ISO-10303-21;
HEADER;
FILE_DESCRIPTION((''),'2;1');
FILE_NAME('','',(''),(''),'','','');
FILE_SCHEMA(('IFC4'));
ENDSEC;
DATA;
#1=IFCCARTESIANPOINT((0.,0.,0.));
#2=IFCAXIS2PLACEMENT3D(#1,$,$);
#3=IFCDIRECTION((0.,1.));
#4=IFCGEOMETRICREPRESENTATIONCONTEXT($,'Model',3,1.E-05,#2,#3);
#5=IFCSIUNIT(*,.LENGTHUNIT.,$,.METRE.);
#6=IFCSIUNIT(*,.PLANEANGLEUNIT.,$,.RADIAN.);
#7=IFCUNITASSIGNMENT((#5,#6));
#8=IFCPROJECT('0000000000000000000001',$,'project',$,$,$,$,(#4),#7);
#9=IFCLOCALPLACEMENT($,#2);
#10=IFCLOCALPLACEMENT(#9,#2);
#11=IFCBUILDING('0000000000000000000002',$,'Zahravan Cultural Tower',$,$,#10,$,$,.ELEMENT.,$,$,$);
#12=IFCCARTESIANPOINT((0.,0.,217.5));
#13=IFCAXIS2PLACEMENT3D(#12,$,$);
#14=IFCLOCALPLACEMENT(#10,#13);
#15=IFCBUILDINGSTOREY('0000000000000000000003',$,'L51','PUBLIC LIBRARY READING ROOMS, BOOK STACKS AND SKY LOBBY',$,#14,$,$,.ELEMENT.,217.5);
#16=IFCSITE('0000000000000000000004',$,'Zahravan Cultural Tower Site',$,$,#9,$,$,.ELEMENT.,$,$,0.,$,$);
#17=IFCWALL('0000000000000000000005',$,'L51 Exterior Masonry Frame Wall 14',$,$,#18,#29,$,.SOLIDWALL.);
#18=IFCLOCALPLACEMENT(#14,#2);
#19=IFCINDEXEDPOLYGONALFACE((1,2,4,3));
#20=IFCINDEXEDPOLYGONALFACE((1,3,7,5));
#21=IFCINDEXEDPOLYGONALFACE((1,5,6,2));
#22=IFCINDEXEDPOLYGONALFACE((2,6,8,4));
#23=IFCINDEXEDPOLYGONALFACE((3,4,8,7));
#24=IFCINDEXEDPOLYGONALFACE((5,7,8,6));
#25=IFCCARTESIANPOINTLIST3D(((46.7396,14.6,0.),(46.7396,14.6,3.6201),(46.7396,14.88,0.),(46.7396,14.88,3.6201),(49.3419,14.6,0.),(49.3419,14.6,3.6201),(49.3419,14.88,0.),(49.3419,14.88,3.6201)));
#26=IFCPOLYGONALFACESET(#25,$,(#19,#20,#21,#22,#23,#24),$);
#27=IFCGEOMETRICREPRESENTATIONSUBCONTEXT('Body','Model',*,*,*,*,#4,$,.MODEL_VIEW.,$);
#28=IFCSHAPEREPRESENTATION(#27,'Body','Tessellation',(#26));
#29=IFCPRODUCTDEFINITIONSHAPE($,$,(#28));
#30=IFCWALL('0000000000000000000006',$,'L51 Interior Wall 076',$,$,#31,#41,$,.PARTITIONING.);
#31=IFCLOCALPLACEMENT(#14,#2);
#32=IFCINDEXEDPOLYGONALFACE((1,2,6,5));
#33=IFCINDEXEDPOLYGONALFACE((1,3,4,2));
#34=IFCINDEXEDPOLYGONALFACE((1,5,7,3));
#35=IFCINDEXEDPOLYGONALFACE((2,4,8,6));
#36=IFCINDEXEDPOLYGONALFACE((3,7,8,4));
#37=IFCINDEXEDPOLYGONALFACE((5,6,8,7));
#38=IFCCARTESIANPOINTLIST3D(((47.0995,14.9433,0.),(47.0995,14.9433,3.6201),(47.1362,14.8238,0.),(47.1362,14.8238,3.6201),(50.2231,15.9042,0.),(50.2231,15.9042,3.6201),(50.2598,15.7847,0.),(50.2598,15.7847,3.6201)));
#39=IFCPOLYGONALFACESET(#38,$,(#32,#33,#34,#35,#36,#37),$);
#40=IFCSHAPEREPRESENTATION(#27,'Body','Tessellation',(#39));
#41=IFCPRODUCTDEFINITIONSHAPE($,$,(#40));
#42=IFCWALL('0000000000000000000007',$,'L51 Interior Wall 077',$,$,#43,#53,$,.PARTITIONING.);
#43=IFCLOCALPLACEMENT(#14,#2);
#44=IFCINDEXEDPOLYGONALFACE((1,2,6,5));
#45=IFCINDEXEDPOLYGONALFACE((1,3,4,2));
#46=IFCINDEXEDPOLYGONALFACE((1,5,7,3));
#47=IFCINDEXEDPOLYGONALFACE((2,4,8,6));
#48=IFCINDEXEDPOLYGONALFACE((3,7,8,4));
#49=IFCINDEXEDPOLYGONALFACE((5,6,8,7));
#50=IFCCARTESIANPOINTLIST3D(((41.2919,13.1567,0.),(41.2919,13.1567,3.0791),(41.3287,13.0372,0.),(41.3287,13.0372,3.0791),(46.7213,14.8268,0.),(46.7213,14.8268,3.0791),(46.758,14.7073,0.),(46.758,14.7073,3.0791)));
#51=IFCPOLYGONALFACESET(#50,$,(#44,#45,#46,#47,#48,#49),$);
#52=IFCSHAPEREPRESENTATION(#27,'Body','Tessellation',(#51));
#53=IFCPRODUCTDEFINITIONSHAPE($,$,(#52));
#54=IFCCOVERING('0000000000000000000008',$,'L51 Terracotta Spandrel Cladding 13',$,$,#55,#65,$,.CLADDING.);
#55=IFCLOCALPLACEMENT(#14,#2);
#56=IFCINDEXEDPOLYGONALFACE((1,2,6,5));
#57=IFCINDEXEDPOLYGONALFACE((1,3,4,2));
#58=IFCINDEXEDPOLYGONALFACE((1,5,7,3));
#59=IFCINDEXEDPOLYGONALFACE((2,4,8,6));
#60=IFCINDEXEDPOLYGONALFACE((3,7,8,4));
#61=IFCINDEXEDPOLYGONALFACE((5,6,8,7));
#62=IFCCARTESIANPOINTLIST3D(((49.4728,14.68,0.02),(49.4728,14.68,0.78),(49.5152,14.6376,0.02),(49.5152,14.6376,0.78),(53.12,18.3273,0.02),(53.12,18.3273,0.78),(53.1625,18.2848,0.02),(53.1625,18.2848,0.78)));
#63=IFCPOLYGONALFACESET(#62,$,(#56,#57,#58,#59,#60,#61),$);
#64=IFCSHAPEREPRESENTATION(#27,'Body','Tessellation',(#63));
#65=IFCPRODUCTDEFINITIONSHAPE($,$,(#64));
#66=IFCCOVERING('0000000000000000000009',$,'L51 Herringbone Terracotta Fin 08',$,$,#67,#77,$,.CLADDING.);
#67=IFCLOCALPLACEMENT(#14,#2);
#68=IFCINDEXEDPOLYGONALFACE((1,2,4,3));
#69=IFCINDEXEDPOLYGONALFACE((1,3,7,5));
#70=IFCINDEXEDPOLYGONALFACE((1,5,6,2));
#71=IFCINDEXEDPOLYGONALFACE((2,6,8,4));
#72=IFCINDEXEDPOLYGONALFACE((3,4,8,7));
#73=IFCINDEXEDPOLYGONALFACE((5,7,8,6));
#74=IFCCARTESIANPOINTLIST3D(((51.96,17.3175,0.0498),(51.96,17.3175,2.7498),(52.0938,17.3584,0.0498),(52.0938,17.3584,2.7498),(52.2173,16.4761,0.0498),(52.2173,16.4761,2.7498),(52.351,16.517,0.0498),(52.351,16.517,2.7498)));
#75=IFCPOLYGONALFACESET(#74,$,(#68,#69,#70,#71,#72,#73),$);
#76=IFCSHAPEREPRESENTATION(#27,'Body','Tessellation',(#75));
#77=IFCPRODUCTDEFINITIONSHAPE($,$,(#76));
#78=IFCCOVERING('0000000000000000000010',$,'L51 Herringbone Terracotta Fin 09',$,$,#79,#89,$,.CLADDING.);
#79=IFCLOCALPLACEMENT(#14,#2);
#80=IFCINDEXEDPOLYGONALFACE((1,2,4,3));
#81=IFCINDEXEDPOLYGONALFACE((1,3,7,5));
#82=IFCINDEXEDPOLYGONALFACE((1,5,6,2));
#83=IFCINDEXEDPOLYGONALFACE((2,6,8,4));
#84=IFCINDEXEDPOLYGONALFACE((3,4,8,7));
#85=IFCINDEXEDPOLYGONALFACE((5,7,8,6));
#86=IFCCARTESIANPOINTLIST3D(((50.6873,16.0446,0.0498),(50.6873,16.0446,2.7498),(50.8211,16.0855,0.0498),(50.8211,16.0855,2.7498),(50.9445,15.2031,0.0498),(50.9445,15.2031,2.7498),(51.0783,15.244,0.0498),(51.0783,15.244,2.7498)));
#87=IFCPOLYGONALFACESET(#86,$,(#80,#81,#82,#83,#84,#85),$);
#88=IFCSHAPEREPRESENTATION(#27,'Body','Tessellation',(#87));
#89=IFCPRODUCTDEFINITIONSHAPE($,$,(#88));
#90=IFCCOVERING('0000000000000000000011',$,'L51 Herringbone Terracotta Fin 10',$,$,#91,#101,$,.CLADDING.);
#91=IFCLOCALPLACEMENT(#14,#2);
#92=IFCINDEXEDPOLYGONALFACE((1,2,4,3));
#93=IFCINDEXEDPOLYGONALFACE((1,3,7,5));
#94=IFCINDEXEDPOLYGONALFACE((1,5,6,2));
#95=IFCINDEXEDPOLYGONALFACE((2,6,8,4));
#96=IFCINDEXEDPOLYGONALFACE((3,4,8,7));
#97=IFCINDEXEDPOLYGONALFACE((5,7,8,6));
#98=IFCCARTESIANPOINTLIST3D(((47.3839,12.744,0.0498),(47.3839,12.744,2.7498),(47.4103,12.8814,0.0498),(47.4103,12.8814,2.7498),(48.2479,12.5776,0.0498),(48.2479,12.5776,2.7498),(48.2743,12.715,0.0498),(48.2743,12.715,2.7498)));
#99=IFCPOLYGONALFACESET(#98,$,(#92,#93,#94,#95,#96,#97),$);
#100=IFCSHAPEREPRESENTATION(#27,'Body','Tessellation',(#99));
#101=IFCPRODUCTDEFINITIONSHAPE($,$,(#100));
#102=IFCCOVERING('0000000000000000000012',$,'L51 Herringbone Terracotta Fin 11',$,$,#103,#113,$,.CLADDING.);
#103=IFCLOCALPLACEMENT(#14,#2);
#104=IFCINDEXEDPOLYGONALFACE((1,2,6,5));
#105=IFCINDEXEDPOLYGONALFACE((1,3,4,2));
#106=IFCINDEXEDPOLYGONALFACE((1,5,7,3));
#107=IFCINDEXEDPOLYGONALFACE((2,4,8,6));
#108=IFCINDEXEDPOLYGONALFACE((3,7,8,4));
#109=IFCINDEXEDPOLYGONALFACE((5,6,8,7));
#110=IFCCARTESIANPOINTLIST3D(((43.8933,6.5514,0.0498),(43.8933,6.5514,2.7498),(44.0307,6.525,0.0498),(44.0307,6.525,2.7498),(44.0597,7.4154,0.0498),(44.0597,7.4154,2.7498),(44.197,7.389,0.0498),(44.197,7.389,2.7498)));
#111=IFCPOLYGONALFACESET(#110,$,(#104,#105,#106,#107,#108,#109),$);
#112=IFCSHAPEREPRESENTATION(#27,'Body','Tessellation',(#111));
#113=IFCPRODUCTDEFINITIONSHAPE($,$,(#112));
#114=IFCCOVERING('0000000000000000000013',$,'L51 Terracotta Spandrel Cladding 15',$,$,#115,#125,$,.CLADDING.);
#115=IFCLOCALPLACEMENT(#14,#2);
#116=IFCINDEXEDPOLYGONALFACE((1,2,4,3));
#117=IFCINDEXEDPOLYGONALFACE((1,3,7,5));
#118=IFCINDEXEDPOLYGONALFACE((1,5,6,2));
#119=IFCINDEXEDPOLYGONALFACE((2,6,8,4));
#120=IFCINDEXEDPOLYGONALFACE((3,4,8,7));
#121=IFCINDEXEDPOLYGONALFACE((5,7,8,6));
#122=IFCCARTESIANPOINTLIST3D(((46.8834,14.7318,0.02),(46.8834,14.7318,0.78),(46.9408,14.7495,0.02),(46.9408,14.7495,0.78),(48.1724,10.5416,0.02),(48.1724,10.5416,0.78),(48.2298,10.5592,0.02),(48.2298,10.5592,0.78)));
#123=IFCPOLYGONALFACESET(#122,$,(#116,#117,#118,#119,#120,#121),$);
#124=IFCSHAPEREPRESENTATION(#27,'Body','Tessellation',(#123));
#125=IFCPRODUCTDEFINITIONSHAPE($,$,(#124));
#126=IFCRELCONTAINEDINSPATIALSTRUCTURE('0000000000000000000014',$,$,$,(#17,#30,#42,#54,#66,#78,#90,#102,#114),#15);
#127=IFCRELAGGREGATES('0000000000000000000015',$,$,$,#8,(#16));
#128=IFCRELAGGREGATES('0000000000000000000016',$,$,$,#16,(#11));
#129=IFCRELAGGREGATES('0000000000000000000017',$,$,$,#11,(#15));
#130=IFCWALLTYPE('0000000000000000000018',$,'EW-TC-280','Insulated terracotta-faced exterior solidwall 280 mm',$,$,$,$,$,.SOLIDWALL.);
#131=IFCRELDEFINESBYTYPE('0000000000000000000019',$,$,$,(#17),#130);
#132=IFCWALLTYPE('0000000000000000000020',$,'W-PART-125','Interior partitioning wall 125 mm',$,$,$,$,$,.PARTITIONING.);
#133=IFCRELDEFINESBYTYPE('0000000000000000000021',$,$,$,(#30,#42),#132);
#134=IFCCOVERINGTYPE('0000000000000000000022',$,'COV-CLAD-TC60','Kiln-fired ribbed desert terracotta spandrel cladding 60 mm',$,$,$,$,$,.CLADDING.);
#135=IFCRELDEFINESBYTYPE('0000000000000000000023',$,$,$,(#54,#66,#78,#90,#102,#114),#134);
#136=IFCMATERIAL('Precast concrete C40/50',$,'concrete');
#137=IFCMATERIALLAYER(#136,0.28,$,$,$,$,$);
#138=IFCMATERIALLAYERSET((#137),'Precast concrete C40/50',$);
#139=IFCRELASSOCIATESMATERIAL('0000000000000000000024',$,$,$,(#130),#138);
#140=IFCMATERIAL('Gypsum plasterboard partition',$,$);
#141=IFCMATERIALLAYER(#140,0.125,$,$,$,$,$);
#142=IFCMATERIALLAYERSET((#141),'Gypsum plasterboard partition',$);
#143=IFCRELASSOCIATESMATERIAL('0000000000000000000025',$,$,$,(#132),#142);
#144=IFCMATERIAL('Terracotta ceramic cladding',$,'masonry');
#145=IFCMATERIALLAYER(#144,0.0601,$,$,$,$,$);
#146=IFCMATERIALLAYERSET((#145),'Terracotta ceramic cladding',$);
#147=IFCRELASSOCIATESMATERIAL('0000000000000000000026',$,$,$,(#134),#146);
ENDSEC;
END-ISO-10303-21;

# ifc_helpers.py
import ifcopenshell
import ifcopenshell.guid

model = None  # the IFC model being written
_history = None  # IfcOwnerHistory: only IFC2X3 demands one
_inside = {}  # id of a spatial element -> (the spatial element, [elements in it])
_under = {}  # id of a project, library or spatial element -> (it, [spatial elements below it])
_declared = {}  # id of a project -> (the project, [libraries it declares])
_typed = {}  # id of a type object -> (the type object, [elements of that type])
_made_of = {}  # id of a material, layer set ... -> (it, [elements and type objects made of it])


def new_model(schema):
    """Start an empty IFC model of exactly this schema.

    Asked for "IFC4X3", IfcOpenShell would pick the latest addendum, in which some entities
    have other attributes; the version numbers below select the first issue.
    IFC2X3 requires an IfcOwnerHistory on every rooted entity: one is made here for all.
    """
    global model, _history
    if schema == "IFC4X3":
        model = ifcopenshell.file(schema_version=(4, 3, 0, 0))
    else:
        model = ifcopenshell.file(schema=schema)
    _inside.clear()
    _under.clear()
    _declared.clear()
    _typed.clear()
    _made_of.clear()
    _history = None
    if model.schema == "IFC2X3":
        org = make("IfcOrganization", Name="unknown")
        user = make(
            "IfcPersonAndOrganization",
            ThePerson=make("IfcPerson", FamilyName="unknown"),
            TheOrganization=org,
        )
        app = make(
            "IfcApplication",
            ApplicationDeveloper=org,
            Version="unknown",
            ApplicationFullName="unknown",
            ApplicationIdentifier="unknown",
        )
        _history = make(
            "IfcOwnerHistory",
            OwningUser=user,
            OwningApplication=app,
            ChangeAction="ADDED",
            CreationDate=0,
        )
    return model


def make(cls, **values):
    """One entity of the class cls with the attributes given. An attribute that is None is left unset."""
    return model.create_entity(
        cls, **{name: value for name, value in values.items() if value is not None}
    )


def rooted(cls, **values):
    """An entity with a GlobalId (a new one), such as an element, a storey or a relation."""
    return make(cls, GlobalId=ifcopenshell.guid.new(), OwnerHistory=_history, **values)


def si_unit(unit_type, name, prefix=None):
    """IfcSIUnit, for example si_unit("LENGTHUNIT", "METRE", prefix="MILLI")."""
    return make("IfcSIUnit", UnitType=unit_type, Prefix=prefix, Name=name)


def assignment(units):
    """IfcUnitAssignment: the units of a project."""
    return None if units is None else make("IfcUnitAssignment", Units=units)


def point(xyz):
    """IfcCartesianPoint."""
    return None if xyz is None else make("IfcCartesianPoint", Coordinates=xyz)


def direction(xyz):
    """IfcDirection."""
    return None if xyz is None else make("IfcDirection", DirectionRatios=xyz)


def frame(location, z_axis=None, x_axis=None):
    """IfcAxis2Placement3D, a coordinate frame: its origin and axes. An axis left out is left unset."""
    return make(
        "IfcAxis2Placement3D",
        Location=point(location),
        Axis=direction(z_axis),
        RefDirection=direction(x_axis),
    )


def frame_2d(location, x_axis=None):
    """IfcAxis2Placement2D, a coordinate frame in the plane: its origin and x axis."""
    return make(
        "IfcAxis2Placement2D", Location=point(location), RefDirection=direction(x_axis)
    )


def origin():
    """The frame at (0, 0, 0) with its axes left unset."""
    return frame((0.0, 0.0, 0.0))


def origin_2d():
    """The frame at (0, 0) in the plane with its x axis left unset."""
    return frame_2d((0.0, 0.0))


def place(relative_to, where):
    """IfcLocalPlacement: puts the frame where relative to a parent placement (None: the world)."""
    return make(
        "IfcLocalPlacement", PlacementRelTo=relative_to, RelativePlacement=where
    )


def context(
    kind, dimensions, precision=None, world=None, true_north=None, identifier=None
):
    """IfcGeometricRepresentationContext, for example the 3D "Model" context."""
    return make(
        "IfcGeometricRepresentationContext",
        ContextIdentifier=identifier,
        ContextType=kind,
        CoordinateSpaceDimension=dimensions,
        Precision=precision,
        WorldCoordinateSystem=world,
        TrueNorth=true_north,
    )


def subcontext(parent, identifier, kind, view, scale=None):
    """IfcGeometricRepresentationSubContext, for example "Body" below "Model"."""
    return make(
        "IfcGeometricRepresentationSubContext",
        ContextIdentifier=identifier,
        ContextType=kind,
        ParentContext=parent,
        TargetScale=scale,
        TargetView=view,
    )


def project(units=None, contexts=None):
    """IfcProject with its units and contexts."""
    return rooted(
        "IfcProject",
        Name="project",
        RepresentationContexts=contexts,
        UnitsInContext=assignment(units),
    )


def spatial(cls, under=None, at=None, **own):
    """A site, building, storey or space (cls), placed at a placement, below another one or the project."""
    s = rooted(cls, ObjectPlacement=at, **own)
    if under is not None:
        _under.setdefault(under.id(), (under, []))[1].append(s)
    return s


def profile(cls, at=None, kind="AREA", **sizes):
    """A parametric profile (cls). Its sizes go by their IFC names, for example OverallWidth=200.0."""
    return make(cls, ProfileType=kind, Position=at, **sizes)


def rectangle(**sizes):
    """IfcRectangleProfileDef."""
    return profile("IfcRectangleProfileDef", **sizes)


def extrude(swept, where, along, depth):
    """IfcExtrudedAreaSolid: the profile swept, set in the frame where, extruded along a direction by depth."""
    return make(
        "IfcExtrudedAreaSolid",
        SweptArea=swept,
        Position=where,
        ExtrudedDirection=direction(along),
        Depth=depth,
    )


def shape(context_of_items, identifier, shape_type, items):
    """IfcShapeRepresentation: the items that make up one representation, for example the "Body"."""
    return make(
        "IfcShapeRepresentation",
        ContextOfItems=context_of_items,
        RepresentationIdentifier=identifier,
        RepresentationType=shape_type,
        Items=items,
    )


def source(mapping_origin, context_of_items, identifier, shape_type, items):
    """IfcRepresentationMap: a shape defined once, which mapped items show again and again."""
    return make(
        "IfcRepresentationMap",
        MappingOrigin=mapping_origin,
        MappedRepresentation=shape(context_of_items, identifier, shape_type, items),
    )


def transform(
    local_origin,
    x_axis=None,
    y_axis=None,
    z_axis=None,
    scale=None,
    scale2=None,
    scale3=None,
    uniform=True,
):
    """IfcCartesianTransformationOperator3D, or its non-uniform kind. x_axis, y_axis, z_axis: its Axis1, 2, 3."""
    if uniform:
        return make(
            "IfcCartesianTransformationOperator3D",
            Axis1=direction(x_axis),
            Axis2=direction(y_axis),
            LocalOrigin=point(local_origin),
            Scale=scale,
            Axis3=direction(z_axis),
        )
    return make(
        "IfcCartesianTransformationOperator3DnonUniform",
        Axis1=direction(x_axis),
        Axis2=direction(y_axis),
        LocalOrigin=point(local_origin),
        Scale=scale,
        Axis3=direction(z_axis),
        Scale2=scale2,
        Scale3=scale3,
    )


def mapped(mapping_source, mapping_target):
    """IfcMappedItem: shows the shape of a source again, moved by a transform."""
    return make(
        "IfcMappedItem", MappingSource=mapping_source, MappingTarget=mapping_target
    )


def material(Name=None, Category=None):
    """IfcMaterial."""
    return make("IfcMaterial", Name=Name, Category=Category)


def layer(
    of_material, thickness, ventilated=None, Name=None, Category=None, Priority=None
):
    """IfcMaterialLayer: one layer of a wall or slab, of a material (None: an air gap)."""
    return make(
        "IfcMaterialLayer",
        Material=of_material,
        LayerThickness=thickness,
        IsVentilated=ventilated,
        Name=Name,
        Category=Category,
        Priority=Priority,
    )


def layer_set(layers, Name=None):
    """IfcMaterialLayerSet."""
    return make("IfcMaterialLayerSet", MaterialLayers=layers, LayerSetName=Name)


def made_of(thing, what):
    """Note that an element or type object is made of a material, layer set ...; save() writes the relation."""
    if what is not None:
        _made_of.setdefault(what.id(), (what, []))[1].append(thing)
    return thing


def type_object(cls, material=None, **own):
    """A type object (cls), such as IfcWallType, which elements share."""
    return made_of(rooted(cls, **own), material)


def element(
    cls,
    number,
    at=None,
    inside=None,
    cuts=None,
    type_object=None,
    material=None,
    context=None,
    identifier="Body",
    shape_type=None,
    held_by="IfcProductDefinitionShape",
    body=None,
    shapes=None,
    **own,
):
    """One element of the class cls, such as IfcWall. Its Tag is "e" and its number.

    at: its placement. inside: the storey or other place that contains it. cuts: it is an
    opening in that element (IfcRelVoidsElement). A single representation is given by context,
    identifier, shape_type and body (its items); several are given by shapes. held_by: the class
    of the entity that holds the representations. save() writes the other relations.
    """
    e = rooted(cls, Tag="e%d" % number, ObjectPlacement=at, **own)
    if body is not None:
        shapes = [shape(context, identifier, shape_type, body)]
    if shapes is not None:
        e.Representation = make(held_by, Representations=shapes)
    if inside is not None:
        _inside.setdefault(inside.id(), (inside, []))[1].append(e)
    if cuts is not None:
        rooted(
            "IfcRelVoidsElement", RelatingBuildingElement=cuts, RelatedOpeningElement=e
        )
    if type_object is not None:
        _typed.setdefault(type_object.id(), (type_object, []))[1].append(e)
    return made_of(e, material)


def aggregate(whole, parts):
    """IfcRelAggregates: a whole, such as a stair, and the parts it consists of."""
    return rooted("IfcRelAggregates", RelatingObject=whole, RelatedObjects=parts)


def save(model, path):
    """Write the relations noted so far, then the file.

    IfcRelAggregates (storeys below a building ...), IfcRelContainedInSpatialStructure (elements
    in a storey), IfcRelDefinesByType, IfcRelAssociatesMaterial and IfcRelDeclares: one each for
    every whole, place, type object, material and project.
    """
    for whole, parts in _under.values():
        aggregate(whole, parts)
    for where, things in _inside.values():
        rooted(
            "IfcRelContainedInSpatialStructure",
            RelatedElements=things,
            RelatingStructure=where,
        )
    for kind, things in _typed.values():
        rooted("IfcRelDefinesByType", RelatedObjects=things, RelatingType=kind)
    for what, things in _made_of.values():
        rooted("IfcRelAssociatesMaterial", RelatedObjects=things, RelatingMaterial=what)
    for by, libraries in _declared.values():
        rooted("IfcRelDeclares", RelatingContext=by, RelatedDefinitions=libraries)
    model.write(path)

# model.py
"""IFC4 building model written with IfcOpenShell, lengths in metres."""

from ifc_helpers import new_model, si_unit, direction, frame, frame_2d, origin, origin_2d, place, context, subcontext, project, spatial, rectangle, extrude, source, transform, mapped, material, layer, layer_set, type_object, element, save


model = new_model("IFC4")

# Units and contexts
model_context = context("Model", 3, precision=1e-05, world=origin(), true_north=direction((0.0, 1.0)))
body_context = subcontext(model_context, "Body", "Model", "MODEL_VIEW")
ifc_project = project(units=[si_unit("LENGTHUNIT", "METRE"), si_unit("PLANEANGLEUNIT", "RADIAN")], contexts=[model_context])

# Site, building, storey
site_placement = place(None, origin())
site = spatial("IfcSite", under=ifc_project, at=site_placement, Name="Zahravan Cultural Tower Site", CompositionType="ELEMENT", RefElevation=0.0)
building_placement = place(site_placement, origin())
building = spatial("IfcBuilding", under=site, at=building_placement, Name="Zahravan Cultural Tower", CompositionType="ELEMENT")
storey_placement = place(building_placement, frame((0.0, 0.0, 217.5)))
storey = spatial("IfcBuildingStorey", under=building, at=storey_placement, Name="L51", Description="PUBLIC LIBRARY READING ROOMS, BOOK STACKS AND SKY LOBBY", CompositionType="ELEMENT", Elevation=217.5)

# Shared definitions
ifc_material_1 = material(Name="Precast concrete C40/50", Category="concrete")
ifc_layer_1 = layer(ifc_material_1, 0.28)
ifc_layer_set_1 = layer_set([ifc_layer_1], Name="Precast concrete C40/50")
wall_type_1 = type_object("IfcWallType", Name="EW-TC-280", Description="Insulated terracotta-faced exterior solidwall 280 mm", PredefinedType="SOLIDWALL", material=ifc_layer_set_1)

# Walls
shared_shape_1 = source(origin(), body_context, "Body", "SweptSolid", [
    extrude(rectangle(XDim=2.6023, YDim=0.28, at=frame_2d((1.3013, 0.0))), origin(), (0.0, 0.0, 1.0), 3.6201),
])
wall_1_placement = place(storey_placement, frame((49.342, 14.74, 0.0), z_axis=(0.0, 0.0, 1.0), x_axis=(-1.0, 0.0, 0.0)))
element("IfcWall", 1, at=wall_1_placement, inside=storey, type_object=wall_type_1, Name="L51 Exterior Masonry Frame Wall 14", PredefinedType="SOLIDWALL", context=body_context, shape_type="MappedRepresentation", body=[
    mapped(shared_shape_1, transform((0.0, 0.0, 0.0), x_axis=(1.0, 0.0, 0.0), y_axis=(0.0, 1.0, 0.0), z_axis=(0.0, 0.0, 1.0), scale=1.0)),
])
ifc_material_2 = material(Name="Gypsum plasterboard partition")
ifc_layer_2 = layer(ifc_material_2, 0.125)
ifc_layer_set_2 = layer_set([ifc_layer_2], Name="Gypsum plasterboard partition")
wall_type_2 = type_object("IfcWallType", Name="W-PART-125", Description="Interior partitioning wall 125 mm", PredefinedType="PARTITIONING", material=ifc_layer_set_2)
shared_shape_2 = source(origin(), body_context, "Body", "SweptSolid", [
    extrude(rectangle(XDim=3.2681, YDim=0.125, at=frame_2d((1.634, 0.0))), origin(), (0.0, 0.0, 1.0), 3.6201),
])
wall_2_placement = place(storey_placement, frame((50.2415, 15.8445, 0.0), z_axis=(0.0, 0.0, 1.0), x_axis=(-0.955792, -0.294044, 0.0)))
element("IfcWall", 2, at=wall_2_placement, inside=storey, type_object=wall_type_2, Name="L51 Interior Wall 076", PredefinedType="PARTITIONING", context=body_context, shape_type="MappedRepresentation", body=[
    mapped(shared_shape_2, transform((0.0, 0.0, 0.0), x_axis=(1.0, 0.0, 0.0), y_axis=(0.0, 1.0, 0.0), z_axis=(0.0, 0.0, 1.0), scale=1.0)),
])
shared_shape_3 = source(origin(), body_context, "Body", "SweptSolid", [
    extrude(rectangle(XDim=5.6804, YDim=0.125, at=frame_2d((2.8403, 0.0))), origin(), (0.0, 0.0, 1.0), 3.0791),
])
wall_3_placement = place(storey_placement, frame((46.7397, 14.7671, 0.0), z_axis=(0.0, 0.0, 1.0), x_axis=(-0.9558, -0.294016, 0.0)))
element("IfcWall", 3, at=wall_3_placement, inside=storey, type_object=wall_type_2, Name="L51 Interior Wall 077", PredefinedType="PARTITIONING", context=body_context, shape_type="MappedRepresentation", body=[
    mapped(shared_shape_3, transform((0.0, 0.0, 0.0), x_axis=(1.0, 0.0, 0.0), y_axis=(0.0, 1.0, 0.0), z_axis=(0.0, 0.0, 1.0), scale=1.0)),
])

# Coverings
ifc_material_3 = material(Name="Terracotta ceramic cladding", Category="masonry")
ifc_layer_3 = layer(ifc_material_3, 0.0601)
ifc_layer_set_3 = layer_set([ifc_layer_3], Name="Terracotta ceramic cladding")
covering_type = type_object("IfcCoveringType", Name="COV-CLAD-TC60", Description="Kiln-fired ribbed desert terracotta spandrel cladding 60 mm", PredefinedType="CLADDING", material=ifc_layer_set_3)
shared_shape_4 = source(origin(), body_context, "Body", "SweptSolid", [
    extrude(rectangle(XDim=5.158, YDim=0.0601, at=origin_2d()), origin(), (0.0, 0.0, 1.0), 0.76),
])
covering_1_placement = place(storey_placement, frame((51.3176, 16.4824, 0.02), z_axis=(0.0, 0.0, 1.0), x_axis=(-0.707107, -0.707107, 0.0)))
element("IfcCovering", 4, at=covering_1_placement, inside=storey, type_object=covering_type, Name="L51 Terracotta Spandrel Cladding 13", PredefinedType="CLADDING", context=body_context, shape_type="MappedRepresentation", body=[
    mapped(shared_shape_4, transform((0.0, 0.0, 0.0), x_axis=(1.0, 0.0, 0.0), y_axis=(0.0, 1.0, 0.0), z_axis=(0.0, 0.0, 1.0), scale=1.0)),
])
shared_shape_5 = source(origin(), body_context, "Body", "SweptSolid", [
    extrude(rectangle(XDim=0.8799, YDim=0.1399, at=origin_2d()), origin(), (0.0, 0.0, 1.0), 2.7),
])
for number, where, z_axis, x_axis, name in (
    (5, (52.1555, 16.9172, 0.0498), (0.0, 0.0, 1.0), (0.292372, -0.956305, 0.0), "L51 Herringbone Terracotta Fin 08"),
    (6, (50.8828, 15.6443, 0.0498), (0.0, 0.0, 1.0), (0.292372, -0.956305, 0.0), "L51 Herringbone Terracotta Fin 09"),
    (7, (47.8291, 12.7295, 0.0498), (0.0, 0.0, 1.0), (0.981955, -0.189113, 0.0), "L51 Herringbone Terracotta Fin 10"),
    (8, (44.0452, 6.9702, 0.0498), (0.0, 0.0, 1.0), (-0.189095, -0.981959, 0.0), "L51 Herringbone Terracotta Fin 11"),
):
    element("IfcCovering", number, at=place(storey_placement, frame(where, z_axis=z_axis, x_axis=x_axis)), inside=storey, type_object=covering_type, Name=name, PredefinedType="CLADDING", context=body_context, shape_type="MappedRepresentation", body=[
        mapped(shared_shape_5, transform((0.0, 0.0, 0.0), x_axis=(1.0, 0.0, 0.0), y_axis=(0.0, 1.0, 0.0), z_axis=(0.0, 0.0, 1.0), scale=1.0)),
    ])
shared_shape_6 = source(origin(), body_context, "Body", "SweptSolid", [
    extrude(rectangle(XDim=4.384, YDim=0.0601, at=origin_2d()), origin(), (0.0, 0.0, 1.0), 0.76),
])
covering_2_placement = place(storey_placement, frame((47.5566, 12.6455, 0.02), z_axis=(0.0, 0.0, 1.0), x_axis=(0.294024, -0.955798, 0.0)))
element("IfcCovering", 9, at=covering_2_placement, inside=storey, type_object=covering_type, Name="L51 Terracotta Spandrel Cladding 15", PredefinedType="CLADDING", context=body_context, shape_type="MappedRepresentation", body=[
    mapped(shared_shape_6, transform((0.0, 0.0, 0.0), x_axis=(1.0, 0.0, 0.0), y_axis=(0.0, 1.0, 0.0), z_axis=(0.0, 0.0, 1.0), scale=1.0)),
])

save(model, "model.ifc")
